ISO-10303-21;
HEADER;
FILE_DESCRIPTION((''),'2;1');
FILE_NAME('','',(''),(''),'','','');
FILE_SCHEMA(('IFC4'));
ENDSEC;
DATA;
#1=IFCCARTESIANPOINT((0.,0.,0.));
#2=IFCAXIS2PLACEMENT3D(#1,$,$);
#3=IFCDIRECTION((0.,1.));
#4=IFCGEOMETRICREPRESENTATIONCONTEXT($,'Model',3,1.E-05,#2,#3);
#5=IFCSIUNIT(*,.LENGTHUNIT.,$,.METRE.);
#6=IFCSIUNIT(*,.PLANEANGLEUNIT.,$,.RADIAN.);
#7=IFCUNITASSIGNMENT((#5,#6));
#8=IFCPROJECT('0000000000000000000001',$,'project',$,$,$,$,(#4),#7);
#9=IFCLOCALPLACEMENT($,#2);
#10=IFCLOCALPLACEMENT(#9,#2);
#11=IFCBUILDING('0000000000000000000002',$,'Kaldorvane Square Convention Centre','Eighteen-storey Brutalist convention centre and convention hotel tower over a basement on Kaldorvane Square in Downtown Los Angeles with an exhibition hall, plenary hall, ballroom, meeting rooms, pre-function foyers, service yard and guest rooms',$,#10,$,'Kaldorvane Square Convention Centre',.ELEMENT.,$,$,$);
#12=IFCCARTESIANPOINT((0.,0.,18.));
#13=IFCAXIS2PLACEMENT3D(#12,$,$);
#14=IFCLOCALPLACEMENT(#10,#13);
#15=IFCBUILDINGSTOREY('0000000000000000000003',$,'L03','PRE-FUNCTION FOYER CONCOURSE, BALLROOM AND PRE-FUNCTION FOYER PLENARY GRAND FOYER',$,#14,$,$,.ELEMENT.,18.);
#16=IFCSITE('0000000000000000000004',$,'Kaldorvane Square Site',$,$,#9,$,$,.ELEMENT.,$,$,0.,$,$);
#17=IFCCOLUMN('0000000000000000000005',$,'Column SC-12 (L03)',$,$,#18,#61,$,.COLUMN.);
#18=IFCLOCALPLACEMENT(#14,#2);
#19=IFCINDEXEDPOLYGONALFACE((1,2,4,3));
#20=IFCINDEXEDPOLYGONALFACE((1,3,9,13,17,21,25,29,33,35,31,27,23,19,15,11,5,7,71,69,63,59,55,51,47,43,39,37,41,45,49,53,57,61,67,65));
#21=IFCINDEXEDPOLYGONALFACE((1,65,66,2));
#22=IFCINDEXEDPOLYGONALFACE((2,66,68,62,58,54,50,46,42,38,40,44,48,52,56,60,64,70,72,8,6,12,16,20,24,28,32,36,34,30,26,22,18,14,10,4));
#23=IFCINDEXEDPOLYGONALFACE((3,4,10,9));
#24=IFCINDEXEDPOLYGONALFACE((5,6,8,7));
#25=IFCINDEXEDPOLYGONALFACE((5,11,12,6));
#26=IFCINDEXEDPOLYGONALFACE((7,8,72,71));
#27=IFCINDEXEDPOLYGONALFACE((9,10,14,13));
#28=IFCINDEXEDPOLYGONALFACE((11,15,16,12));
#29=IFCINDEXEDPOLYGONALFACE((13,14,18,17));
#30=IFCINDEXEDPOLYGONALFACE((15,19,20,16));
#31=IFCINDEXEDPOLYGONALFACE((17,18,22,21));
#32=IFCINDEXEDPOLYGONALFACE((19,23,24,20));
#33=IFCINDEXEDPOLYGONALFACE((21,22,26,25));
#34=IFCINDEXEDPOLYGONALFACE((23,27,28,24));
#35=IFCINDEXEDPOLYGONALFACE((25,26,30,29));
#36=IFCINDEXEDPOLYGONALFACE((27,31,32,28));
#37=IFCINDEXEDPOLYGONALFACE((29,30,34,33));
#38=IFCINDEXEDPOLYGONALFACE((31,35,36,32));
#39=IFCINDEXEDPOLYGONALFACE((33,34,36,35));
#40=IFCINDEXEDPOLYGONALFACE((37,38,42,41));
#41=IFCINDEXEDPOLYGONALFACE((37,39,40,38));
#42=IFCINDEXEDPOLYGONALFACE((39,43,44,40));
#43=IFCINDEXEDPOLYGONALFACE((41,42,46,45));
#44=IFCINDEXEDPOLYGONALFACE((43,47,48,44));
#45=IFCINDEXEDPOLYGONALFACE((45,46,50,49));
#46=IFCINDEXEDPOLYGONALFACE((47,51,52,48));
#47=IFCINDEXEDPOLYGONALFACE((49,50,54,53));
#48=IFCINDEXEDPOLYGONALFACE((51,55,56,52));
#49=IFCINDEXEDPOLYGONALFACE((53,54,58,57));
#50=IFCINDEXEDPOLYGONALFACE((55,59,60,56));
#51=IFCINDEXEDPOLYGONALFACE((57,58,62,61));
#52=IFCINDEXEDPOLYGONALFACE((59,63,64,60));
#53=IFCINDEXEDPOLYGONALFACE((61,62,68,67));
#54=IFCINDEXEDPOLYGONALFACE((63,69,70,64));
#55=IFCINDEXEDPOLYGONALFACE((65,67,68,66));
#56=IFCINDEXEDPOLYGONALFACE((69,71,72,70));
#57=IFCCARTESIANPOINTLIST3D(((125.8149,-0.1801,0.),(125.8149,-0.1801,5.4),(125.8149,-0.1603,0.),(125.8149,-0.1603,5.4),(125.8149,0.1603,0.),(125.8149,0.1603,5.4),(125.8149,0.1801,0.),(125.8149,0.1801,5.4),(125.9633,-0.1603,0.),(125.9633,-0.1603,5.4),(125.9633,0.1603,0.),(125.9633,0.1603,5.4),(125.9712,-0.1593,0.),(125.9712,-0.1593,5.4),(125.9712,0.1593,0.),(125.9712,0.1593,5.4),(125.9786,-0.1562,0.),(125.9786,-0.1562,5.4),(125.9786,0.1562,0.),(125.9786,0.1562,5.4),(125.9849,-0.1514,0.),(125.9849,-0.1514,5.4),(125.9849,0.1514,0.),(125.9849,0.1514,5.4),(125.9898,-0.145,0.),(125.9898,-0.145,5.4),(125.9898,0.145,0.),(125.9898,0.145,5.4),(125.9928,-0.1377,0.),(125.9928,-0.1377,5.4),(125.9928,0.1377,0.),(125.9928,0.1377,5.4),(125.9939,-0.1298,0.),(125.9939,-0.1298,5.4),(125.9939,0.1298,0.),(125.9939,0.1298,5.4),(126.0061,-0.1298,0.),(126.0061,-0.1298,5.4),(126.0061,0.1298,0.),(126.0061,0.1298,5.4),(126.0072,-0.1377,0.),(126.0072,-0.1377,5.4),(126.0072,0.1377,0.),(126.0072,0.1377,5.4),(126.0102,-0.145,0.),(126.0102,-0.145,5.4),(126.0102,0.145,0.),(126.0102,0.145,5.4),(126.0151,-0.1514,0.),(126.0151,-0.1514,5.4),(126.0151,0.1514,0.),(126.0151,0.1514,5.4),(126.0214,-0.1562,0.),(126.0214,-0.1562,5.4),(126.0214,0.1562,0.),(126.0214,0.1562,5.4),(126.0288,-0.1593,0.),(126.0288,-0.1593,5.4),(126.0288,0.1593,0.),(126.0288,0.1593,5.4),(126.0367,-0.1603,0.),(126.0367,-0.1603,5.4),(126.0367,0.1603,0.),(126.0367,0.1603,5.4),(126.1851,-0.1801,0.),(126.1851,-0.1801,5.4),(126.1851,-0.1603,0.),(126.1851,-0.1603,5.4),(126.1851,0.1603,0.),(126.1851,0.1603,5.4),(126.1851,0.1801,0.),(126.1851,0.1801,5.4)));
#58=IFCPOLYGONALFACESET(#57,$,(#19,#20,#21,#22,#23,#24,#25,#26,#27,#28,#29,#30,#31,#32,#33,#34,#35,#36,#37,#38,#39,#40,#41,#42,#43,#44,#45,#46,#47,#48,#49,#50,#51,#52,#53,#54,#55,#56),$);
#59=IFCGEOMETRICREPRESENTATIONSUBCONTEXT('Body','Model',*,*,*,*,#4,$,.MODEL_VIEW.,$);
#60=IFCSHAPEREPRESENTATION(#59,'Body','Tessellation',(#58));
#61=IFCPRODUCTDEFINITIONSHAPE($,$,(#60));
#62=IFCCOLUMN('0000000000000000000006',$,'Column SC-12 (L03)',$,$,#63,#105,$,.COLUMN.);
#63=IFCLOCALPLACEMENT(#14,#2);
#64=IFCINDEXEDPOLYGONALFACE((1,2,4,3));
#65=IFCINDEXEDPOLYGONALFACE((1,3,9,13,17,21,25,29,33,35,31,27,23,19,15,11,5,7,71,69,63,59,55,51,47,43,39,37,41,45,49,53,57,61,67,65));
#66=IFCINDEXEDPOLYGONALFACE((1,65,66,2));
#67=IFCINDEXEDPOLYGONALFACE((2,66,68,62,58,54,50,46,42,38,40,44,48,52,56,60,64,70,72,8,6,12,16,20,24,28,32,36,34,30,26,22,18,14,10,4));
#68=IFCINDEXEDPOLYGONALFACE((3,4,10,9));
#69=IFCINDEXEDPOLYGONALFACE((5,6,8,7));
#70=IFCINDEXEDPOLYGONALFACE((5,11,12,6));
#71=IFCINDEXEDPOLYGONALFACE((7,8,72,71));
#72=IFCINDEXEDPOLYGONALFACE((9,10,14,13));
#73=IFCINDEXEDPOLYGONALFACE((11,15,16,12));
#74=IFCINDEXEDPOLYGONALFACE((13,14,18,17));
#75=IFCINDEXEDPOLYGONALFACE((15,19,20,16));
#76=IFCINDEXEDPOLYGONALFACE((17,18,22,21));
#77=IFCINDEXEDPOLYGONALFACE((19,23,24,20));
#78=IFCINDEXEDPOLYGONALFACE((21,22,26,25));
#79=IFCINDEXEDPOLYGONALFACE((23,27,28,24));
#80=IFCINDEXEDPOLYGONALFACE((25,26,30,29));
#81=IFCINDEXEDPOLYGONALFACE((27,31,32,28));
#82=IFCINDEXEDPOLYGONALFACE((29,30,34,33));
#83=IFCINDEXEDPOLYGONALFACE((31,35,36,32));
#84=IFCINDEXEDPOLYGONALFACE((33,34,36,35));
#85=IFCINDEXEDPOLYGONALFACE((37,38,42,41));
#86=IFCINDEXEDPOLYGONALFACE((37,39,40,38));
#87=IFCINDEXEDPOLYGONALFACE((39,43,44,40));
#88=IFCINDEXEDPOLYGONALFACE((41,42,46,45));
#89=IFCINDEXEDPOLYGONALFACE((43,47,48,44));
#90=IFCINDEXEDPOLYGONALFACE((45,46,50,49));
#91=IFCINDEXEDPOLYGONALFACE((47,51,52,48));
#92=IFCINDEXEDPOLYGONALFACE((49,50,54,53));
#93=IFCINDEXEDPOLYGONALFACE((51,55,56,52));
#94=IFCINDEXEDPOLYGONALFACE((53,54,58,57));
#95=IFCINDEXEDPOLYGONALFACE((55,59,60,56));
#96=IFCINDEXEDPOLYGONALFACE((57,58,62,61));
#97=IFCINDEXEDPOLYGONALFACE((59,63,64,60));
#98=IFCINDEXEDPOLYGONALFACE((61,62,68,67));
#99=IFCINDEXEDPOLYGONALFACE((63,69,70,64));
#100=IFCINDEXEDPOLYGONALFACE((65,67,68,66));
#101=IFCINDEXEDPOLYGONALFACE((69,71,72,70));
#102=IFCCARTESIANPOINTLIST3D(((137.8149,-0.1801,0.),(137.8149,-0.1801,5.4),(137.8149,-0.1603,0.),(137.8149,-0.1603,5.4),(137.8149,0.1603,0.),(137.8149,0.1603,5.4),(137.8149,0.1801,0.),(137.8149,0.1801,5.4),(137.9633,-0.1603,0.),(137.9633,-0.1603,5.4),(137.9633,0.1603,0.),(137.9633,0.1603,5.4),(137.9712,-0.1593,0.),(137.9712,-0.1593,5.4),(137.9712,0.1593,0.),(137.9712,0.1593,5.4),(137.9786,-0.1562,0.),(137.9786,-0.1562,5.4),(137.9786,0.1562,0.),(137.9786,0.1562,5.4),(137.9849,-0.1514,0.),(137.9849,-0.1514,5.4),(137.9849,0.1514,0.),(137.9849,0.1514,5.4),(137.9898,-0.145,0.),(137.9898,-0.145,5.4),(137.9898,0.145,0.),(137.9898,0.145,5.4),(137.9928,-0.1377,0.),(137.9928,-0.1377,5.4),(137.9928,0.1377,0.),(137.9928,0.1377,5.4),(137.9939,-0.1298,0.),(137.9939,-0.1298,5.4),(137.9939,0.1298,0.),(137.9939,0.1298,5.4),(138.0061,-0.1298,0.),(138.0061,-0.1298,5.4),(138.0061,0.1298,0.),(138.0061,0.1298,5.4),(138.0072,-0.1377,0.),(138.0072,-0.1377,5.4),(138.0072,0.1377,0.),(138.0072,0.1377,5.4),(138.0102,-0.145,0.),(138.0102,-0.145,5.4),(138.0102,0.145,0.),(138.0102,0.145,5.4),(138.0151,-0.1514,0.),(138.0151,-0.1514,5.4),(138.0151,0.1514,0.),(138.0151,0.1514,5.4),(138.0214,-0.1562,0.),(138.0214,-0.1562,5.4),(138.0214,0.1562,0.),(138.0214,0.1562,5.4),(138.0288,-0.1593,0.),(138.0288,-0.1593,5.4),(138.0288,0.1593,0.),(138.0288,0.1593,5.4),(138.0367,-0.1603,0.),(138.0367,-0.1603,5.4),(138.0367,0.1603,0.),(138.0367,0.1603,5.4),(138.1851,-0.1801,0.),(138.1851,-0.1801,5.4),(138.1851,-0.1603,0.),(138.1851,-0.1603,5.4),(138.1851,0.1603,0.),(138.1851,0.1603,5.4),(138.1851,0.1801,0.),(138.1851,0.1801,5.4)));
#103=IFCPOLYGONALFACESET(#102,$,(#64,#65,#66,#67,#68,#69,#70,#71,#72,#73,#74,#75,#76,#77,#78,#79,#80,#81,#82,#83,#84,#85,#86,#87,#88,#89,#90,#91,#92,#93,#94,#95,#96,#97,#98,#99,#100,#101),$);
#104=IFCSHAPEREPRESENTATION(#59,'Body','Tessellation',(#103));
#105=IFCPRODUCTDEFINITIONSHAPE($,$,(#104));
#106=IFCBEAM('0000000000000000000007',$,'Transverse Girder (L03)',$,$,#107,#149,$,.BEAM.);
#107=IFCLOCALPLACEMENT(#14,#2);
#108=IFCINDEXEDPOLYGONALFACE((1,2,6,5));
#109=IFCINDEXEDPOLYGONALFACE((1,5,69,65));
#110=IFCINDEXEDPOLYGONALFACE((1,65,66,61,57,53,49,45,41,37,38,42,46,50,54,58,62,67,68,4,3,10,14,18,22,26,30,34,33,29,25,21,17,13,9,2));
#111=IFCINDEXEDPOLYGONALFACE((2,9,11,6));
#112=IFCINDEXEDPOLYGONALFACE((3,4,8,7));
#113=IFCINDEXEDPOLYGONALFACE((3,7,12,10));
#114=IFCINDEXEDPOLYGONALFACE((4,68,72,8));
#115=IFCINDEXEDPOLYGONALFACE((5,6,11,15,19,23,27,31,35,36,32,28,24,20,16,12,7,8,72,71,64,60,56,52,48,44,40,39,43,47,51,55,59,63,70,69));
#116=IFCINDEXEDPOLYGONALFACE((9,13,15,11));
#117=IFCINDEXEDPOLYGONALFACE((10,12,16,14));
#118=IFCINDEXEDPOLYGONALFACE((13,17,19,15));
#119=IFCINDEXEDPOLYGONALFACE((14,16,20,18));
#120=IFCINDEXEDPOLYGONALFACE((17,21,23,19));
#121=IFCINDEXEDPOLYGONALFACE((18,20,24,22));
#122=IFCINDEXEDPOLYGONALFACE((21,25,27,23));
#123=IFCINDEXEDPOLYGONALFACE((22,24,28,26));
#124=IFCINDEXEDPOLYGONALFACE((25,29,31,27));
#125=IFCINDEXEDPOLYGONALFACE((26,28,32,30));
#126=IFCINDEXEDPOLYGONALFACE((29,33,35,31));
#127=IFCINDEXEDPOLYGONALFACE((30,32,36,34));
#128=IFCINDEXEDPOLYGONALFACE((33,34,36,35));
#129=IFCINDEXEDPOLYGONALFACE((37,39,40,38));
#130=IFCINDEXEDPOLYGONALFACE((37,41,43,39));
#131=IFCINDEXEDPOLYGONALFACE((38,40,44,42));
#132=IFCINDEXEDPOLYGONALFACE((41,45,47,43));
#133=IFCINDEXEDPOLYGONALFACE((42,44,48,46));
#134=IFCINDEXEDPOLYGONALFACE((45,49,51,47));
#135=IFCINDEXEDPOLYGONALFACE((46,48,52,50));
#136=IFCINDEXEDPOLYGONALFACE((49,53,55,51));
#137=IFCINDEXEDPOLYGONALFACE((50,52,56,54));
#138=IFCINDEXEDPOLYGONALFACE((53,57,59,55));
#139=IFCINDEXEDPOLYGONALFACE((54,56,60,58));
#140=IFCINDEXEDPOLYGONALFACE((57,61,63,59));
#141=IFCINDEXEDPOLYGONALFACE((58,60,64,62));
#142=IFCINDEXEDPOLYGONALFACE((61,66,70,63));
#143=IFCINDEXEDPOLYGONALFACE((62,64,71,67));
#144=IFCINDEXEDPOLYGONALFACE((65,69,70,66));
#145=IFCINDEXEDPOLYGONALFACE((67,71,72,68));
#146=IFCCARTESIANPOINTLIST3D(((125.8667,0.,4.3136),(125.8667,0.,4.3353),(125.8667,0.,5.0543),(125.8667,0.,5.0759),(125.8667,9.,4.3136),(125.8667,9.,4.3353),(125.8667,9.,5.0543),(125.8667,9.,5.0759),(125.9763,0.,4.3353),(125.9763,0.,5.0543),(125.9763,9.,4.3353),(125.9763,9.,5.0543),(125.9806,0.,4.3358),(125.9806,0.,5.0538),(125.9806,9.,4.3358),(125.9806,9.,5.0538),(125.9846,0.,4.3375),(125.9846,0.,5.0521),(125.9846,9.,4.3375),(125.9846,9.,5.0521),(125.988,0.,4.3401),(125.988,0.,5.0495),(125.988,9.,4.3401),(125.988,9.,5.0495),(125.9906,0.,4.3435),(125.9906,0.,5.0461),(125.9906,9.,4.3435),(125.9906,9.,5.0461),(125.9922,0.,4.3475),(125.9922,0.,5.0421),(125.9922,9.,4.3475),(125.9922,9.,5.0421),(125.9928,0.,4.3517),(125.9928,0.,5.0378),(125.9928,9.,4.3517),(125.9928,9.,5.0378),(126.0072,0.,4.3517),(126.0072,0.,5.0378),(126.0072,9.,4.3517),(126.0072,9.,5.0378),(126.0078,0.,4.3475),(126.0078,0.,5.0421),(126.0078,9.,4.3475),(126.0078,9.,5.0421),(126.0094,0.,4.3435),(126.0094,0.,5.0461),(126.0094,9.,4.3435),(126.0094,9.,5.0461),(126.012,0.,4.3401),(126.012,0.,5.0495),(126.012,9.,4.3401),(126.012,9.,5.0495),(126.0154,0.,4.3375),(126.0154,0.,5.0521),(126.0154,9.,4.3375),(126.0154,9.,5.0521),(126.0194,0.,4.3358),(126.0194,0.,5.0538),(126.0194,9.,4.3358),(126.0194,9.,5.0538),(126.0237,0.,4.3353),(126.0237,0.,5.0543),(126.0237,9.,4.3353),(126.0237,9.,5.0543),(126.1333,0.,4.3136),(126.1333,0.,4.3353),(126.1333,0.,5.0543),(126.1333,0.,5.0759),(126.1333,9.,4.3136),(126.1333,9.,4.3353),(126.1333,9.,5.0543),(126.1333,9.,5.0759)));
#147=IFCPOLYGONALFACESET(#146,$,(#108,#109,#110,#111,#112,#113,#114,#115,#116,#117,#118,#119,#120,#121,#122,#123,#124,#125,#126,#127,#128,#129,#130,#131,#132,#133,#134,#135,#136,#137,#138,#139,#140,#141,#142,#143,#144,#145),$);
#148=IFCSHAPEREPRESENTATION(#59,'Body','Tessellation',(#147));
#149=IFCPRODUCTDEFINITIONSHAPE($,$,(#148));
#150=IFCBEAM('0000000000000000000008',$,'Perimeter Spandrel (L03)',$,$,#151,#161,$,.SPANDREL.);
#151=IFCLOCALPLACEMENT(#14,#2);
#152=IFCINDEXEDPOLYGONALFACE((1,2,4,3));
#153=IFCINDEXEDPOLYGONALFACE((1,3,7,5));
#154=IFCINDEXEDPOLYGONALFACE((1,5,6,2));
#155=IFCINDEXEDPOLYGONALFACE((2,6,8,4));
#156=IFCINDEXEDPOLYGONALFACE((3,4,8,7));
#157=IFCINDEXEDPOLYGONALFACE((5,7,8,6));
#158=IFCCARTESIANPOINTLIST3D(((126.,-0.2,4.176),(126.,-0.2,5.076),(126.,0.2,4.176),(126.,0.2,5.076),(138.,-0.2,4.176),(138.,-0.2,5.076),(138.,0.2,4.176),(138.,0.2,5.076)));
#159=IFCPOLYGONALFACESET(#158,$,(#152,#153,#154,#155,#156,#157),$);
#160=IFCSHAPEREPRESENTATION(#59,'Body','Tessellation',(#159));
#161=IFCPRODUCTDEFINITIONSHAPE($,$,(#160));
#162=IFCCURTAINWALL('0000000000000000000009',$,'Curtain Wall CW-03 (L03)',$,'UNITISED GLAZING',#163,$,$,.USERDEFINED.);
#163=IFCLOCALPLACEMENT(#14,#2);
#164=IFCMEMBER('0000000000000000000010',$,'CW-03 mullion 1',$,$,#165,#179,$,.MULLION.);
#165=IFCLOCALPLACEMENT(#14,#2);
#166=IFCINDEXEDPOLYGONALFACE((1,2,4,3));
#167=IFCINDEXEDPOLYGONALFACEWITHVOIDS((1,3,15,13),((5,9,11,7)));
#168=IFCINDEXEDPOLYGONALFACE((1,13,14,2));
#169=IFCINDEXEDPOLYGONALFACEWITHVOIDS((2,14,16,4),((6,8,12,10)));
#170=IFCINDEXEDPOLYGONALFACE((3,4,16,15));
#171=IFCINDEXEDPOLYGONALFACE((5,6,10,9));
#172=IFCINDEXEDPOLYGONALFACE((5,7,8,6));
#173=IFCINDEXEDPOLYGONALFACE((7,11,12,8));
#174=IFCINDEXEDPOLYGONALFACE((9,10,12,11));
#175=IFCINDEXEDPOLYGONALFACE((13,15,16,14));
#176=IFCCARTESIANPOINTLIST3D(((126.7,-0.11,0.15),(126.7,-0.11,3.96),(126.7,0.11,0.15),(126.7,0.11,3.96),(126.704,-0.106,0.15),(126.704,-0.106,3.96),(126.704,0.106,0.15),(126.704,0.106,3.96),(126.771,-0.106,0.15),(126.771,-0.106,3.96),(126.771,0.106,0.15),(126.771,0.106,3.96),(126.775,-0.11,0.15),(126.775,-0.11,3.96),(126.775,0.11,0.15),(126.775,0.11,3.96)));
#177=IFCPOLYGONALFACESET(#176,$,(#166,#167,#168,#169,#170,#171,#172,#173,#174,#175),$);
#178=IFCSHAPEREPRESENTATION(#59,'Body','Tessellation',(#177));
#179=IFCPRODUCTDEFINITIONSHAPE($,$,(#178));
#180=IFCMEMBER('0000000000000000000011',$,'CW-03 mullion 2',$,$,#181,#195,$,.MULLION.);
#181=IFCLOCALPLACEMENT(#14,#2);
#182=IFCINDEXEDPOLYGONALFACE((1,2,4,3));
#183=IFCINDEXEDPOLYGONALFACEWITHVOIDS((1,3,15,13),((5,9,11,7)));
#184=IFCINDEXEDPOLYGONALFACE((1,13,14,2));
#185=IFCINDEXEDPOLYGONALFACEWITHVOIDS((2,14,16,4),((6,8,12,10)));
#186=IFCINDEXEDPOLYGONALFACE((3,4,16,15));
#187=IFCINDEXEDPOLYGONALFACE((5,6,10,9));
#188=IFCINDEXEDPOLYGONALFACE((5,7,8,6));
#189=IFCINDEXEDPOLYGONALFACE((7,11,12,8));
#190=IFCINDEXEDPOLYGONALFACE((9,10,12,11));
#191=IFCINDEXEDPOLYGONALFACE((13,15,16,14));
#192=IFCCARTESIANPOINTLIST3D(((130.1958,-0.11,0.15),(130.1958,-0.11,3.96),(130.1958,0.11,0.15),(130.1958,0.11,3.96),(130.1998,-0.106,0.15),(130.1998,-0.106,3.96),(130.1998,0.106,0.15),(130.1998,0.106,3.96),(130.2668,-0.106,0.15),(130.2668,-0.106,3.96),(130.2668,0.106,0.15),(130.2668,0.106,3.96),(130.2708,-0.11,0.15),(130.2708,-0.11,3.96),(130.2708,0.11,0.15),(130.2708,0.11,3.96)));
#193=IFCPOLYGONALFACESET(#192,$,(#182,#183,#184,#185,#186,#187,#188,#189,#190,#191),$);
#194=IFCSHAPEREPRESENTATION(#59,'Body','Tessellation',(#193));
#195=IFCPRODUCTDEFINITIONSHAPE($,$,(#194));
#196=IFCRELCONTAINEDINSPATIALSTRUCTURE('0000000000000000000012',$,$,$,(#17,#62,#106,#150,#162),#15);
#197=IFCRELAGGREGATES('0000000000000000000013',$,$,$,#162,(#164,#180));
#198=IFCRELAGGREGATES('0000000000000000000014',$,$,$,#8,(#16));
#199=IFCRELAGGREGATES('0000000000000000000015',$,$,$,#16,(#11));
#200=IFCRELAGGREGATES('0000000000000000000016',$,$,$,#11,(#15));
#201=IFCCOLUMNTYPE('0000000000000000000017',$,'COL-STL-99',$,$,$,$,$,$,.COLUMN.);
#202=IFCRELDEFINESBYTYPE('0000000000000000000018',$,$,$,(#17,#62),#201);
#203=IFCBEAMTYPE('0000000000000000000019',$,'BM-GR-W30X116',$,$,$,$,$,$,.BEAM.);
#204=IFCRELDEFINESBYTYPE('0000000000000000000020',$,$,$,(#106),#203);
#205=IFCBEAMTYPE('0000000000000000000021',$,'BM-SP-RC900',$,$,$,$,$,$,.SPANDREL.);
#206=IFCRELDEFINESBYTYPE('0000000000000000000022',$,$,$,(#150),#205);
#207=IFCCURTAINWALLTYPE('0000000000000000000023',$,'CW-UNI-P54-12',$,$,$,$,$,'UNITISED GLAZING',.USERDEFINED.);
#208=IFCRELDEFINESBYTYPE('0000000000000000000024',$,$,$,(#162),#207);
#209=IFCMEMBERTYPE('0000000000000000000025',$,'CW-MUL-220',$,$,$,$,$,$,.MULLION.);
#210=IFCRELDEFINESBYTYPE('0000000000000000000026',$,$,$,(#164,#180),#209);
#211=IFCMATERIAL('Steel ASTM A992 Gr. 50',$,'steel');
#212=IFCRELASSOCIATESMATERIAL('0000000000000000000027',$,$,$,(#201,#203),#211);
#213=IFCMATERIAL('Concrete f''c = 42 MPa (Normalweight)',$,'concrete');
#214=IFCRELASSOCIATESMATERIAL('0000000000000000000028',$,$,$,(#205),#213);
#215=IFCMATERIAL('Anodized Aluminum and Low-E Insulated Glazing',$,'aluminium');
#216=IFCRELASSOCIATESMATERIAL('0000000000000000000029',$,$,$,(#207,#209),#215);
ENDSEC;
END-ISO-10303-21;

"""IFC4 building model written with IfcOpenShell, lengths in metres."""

from ifc_helpers import new_model, si_unit, direction, frame, origin, origin_2d, place, context, subcontext, project, spatial, rectangle, hollow_rectangle, i_section, extrude, material, material_profile, profile_set, type_object, element, aggregate, save


model = new_model("IFC4")

# Units and contexts
model_context = context("Model", 3, precision=1e-05, world=origin(), true_north=direction((0.0, 1.0)))
body_context = subcontext(model_context, "Body", "Model", "MODEL_VIEW")
ifc_project = project(units=[si_unit("LENGTHUNIT", "METRE"), si_unit("PLANEANGLEUNIT", "RADIAN")], contexts=[model_context])

# Site, building, storey
site_placement = place(None, origin())
site = spatial("IfcSite", under=ifc_project, at=site_placement, Name="Kaldorvane Square Site", CompositionType="ELEMENT", RefElevation=0.0)
building_placement = place(site_placement, origin())
building = spatial("IfcBuilding", under=site, at=building_placement, Name="Kaldorvane Square Convention Centre", Description="Eighteen-storey Brutalist convention centre and convention hotel tower over a basement on Kaldorvane Square in Downtown Los Angeles with an exhibition hall, plenary hall, ballroom, meeting rooms, pre-function foyers, service yard and guest rooms", LongName="Kaldorvane Square Convention Centre", CompositionType="ELEMENT")
storey_placement = place(building_placement, frame((0.0, 0.0, 18.0)))
storey = spatial("IfcBuildingStorey", under=building, at=storey_placement, Name="L03", Description="PRE-FUNCTION FOYER CONCOURSE, BALLROOM AND PRE-FUNCTION FOYER PLENARY GRAND FOYER", CompositionType="ELEMENT", Elevation=18.0)

# Columns
ifc_material_1 = material(Name="Steel ASTM A992 Gr. 50", Category="steel")
ifc_material_profile_1 = material_profile(ifc_material_1, i_section(OverallWidth=0.3701, OverallDepth=0.3602, WebThickness=0.0123, FlangeThickness=0.0198, FilletRadius=0.0305, at=origin_2d()), Name="W14X99")
ifc_profile_set_1 = profile_set([ifc_material_profile_1], Name="Steel ASTM A992 Gr. 50")
column_type = type_object("IfcColumnType", Name="COL-STL-99", PredefinedType="COLUMN", material=ifc_profile_set_1)
for number, where, z_axis, x_axis, name in (
    (1, (126.0, 0.0, 0.0), (0.0, 0.0, 1.0), (1.0, 0.0, 0.0), "Column SC-12 (L03)"),
    (2, (138.0, 0.0, 0.0), (0.0, 0.0, 1.0), (1.0, 0.0, 0.0), "Column SC-12 (L03)"),
):
    element("IfcColumn", number, at=place(storey_placement, frame(where, z_axis=z_axis, x_axis=x_axis)), inside=storey, type_object=column_type, Name=name, PredefinedType="COLUMN", context=body_context, shape_type="SweptSolid", body=[
        extrude(i_section(OverallWidth=0.3701, OverallDepth=0.3602, WebThickness=0.0123, FlangeThickness=0.0198, FilletRadius=0.0305, at=origin_2d()), origin(), (0.0, 0.0, 1.0), 5.4),
    ])

# Beams
ifc_material_profile_2 = material_profile(ifc_material_1, i_section(OverallWidth=0.2666, OverallDepth=0.7623, WebThickness=0.0144, FlangeThickness=0.0216, FilletRadius=0.0165, at=origin_2d()), Name="W30X116")
ifc_profile_set_2 = profile_set([ifc_material_profile_2], Name="Steel ASTM A992 Gr. 50")
beam_type_1 = type_object("IfcBeamType", Name="BM-GR-W30X116", PredefinedType="BEAM", material=ifc_profile_set_2)
beam_1_placement = place(storey_placement, frame((126.0, 0.0, 4.6948), z_axis=(0.0, 1.0, 0.0), x_axis=(-1.0, 0.0, 0.0)))
element("IfcBeam", 3, at=beam_1_placement, inside=storey, type_object=beam_type_1, Name="Transverse Girder (L03)", PredefinedType="BEAM", context=body_context, shape_type="SweptSolid", body=[
    extrude(i_section(OverallWidth=0.2666, OverallDepth=0.7623, WebThickness=0.0144, FlangeThickness=0.0216, FilletRadius=0.0165, at=origin_2d()), origin(), (0.0, 0.0, 1.0), 9.0),
])
ifc_material_2 = material(Name="Concrete f'c = 42 MPa (Normalweight)", Category="concrete")
ifc_material_profile_3 = material_profile(ifc_material_2, rectangle(XDim=0.4, YDim=0.9, at=origin_2d()), Name="RCSP900X400")
ifc_profile_set_3 = profile_set([ifc_material_profile_3], Name="Concrete f'c = 42 MPa (Normalweight)")
beam_type_2 = type_object("IfcBeamType", Name="BM-SP-RC900", PredefinedType="SPANDREL", material=ifc_profile_set_3)
beam_2_placement = place(storey_placement, frame((126.0, 0.0, 4.626), z_axis=(1.0, 0.0, 0.0), x_axis=(0.0, 1.0, 0.0)))
element("IfcBeam", 4, at=beam_2_placement, inside=storey, type_object=beam_type_2, Name="Perimeter Spandrel (L03)", PredefinedType="SPANDREL", context=body_context, shape_type="SweptSolid", body=[
    extrude(rectangle(XDim=0.4, YDim=0.9, at=origin_2d()), origin(), (0.0, 0.0, 1.0), 12.0),
])

# Curtain wall, members
ifc_material_3 = material(Name="Anodized Aluminum and Low-E Insulated Glazing", Category="aluminium")
curtain_wall_type = type_object("IfcCurtainWallType", Name="CW-UNI-P54-12", ElementType="UNITISED GLAZING", PredefinedType="USERDEFINED", material=ifc_material_3)
curtain_wall_placement = place(storey_placement, origin())
curtain_wall = element("IfcCurtainWall", 5, at=curtain_wall_placement, inside=storey, type_object=curtain_wall_type, Name="Curtain Wall CW-03 (L03)", ObjectType="UNITISED GLAZING", PredefinedType="USERDEFINED")
ifc_material_profile_4 = material_profile(ifc_material_3, hollow_rectangle(XDim=0.075, YDim=0.22, WallThickness=0.004, at=origin_2d()), Name="CWM-220X75")
ifc_profile_set_4 = profile_set([ifc_material_profile_4], Name="Anodized Aluminum and Low-E Insulated Glazing")
member_type_1 = type_object("IfcMemberType", Name="CW-MUL-220", PredefinedType="MULLION", material=ifc_profile_set_4)
member_1_placement = place(storey_placement, frame((126.7375, 0.0, 0.15), z_axis=(0.0, 0.0, 1.0), x_axis=(1.0, 0.0, 0.0)))
member_1 = element("IfcMember", 6, at=member_1_placement, type_object=member_type_1, Name="CW-03 mullion 1", PredefinedType="MULLION", context=body_context, shape_type="SweptSolid", body=[
    extrude(hollow_rectangle(XDim=0.075, YDim=0.22, WallThickness=0.004, at=origin_2d()), origin(), (0.0, 0.0, 1.0), 3.81),
])
member_2_placement = place(storey_placement, frame((130.2333, 0.0, 0.15), z_axis=(0.0, 0.0, 1.0), x_axis=(1.0, 0.0, 0.0)))
member_2 = element("IfcMember", 7, at=member_2_placement, type_object=member_type_1, Name="CW-03 mullion 2", PredefinedType="MULLION", context=body_context, shape_type="SweptSolid", body=[
    extrude(hollow_rectangle(XDim=0.075, YDim=0.22, WallThickness=0.004, at=origin_2d()), origin(), (0.0, 0.0, 1.0), 3.81),
])
aggregate(curtain_wall, [member_1, member_2])

save(model, "model.ifc")
